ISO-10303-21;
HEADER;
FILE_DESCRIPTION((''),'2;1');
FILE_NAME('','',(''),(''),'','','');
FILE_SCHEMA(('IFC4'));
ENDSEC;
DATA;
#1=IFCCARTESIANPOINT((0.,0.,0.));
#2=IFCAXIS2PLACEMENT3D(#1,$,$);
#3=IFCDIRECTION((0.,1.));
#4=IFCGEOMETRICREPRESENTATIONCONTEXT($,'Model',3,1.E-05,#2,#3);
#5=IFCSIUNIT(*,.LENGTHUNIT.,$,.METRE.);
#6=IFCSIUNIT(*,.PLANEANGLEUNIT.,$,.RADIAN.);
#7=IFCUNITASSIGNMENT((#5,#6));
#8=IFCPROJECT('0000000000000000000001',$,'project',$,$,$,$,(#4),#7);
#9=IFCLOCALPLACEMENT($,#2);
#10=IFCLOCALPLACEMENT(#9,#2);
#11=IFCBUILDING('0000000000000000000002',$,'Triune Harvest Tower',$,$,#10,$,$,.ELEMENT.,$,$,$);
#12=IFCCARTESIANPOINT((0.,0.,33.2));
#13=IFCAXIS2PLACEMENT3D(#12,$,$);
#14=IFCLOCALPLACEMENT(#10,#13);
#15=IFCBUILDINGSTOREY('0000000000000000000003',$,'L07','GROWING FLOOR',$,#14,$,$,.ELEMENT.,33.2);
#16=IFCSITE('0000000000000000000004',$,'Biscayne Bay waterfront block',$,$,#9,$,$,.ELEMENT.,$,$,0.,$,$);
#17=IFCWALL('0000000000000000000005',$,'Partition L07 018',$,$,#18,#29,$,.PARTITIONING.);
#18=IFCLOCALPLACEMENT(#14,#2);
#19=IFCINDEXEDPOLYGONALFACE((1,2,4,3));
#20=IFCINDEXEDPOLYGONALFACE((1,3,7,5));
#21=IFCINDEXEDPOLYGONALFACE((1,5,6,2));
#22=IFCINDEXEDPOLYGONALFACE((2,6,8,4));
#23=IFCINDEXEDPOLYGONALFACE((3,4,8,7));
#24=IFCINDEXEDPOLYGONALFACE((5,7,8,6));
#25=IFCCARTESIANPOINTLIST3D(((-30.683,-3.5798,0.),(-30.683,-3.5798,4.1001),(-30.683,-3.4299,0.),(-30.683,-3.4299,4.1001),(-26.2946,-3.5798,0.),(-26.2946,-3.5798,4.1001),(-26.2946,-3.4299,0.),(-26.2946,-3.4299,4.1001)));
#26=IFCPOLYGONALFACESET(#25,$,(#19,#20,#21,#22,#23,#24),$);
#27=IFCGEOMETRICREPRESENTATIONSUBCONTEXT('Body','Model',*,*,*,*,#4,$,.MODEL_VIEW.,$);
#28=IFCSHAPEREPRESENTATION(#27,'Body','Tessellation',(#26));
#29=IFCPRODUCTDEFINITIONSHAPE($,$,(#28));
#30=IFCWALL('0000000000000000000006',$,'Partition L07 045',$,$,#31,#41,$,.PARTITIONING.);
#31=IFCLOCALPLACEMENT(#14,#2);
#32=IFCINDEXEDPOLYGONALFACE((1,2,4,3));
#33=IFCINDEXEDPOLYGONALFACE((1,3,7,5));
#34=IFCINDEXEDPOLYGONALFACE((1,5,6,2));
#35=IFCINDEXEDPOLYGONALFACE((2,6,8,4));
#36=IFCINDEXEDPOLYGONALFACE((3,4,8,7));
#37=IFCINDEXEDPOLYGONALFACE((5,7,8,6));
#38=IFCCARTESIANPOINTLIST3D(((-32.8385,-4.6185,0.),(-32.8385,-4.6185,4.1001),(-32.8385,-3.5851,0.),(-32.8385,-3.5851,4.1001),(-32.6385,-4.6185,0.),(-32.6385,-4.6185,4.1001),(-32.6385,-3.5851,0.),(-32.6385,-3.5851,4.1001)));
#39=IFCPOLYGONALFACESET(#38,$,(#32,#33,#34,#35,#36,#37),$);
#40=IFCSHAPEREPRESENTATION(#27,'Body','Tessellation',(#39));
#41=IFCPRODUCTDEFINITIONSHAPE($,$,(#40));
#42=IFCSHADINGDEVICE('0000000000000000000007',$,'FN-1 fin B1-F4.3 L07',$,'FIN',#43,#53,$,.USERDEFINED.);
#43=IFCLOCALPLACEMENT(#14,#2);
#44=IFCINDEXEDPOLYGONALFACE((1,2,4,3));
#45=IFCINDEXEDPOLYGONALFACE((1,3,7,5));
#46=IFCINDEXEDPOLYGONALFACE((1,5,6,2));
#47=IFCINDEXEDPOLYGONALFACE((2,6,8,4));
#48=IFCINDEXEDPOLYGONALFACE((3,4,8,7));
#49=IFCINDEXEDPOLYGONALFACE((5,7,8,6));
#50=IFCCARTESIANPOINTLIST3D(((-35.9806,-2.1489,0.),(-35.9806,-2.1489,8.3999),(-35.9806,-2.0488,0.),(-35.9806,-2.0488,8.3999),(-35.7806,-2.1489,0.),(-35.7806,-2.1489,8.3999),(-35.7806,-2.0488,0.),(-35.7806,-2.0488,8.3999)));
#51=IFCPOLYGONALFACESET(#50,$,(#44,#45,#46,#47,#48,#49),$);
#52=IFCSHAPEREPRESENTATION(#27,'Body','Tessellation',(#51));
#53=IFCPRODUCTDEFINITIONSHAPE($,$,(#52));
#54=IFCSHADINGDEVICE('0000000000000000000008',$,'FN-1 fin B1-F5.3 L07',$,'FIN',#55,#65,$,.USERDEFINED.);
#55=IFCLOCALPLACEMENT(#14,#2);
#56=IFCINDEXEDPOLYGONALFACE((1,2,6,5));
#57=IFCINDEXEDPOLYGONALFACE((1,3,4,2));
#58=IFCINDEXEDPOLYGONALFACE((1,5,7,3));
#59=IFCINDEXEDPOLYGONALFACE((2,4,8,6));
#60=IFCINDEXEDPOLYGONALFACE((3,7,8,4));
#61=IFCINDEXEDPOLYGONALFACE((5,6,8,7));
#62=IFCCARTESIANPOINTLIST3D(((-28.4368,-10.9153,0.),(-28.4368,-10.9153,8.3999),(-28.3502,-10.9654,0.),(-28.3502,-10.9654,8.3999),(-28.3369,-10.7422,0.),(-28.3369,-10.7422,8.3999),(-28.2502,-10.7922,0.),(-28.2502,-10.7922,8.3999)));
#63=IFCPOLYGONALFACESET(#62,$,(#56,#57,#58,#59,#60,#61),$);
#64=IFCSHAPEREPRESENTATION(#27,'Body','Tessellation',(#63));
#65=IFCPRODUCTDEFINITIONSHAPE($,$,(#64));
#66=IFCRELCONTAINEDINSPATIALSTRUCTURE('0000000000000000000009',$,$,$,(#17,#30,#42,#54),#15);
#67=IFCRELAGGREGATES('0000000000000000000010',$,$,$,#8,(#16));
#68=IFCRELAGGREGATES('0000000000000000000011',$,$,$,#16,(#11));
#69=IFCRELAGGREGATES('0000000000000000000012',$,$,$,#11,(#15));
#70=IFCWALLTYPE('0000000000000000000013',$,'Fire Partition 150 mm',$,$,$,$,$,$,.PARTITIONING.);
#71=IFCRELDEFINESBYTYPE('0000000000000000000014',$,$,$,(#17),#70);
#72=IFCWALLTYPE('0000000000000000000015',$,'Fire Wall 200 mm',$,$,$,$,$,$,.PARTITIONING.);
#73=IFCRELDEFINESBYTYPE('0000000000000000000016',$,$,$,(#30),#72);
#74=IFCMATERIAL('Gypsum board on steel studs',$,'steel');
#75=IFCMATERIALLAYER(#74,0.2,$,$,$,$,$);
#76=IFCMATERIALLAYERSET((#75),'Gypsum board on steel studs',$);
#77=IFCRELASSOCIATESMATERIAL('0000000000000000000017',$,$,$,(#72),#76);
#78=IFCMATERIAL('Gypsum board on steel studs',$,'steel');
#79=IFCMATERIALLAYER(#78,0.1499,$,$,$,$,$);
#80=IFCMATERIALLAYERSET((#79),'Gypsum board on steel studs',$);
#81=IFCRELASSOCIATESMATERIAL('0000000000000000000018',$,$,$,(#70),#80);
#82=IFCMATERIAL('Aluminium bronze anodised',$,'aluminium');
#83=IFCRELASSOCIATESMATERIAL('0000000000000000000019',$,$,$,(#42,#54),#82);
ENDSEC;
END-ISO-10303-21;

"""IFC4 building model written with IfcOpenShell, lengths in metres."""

from ifc_helpers import new_model, si_unit, direction, frame, frame_2d, origin, origin_2d, place, context, subcontext, project, spatial, rectangle, extrude, source, transform, mapped, material, layer, layer_set, type_object, element, save


model = new_model("IFC4")

# Units and contexts
model_context = context("Model", 3, precision=1e-05, world=origin(), true_north=direction((0.0, 1.0)))
body_context = subcontext(model_context, "Body", "Model", "MODEL_VIEW")
ifc_project = project(units=[si_unit("LENGTHUNIT", "METRE"), si_unit("PLANEANGLEUNIT", "RADIAN")], contexts=[model_context])

# Site, building, storey
site_placement = place(None, origin())
site = spatial("IfcSite", under=ifc_project, at=site_placement, Name="Biscayne Bay waterfront block", CompositionType="ELEMENT", RefElevation=0.0)
building_placement = place(site_placement, origin())
building = spatial("IfcBuilding", under=site, at=building_placement, Name="Triune Harvest Tower", CompositionType="ELEMENT")
storey_placement = place(building_placement, frame((0.0, 0.0, 33.2)))
storey = spatial("IfcBuildingStorey", under=building, at=storey_placement, Name="L07", Description="GROWING FLOOR", CompositionType="ELEMENT", Elevation=33.2)

# Shared definitions
ifc_material_1 = material(Name="Gypsum board on steel studs", Category="steel")
ifc_layer_1 = layer(ifc_material_1, 0.2)
ifc_layer_set_1 = layer_set([ifc_layer_1], Name="Gypsum board on steel studs")
wall_type_1 = type_object("IfcWallType", Name="Fire Wall 200 mm", PredefinedType="PARTITIONING", material=ifc_layer_set_1)

# Walls
ifc_material_2 = material(Name="Gypsum board on steel studs", Category="steel")
ifc_layer_2 = layer(ifc_material_2, 0.1499)
ifc_layer_set_2 = layer_set([ifc_layer_2], Name="Gypsum board on steel studs")
wall_type_2 = type_object("IfcWallType", Name="Fire Partition 150 mm", PredefinedType="PARTITIONING", material=ifc_layer_set_2)
shared_shape_1 = source(origin(), body_context, "Body", "SweptSolid", [
    extrude(rectangle(XDim=4.3884, YDim=0.1499, at=frame_2d((2.1943, 0.0))), origin(), (0.0, 0.0, 1.0), 4.1001),
])
wall_1_placement = place(storey_placement, frame((-30.6831, -3.5049, 0.0), z_axis=(0.0, 0.0, 1.0), x_axis=(1.0, 0.0, 0.0)))
element("IfcWall", 1, at=wall_1_placement, inside=storey, type_object=wall_type_2, Name="Partition L07 018", PredefinedType="PARTITIONING", context=body_context, shape_type="MappedRepresentation", body=[
    mapped(shared_shape_1, transform((0.0, 0.0, 0.0), scale=1.0)),
])
shared_shape_2 = source(origin(), body_context, "Body", "SweptSolid", [
    extrude(rectangle(XDim=1.0334, YDim=0.2, at=frame_2d((0.5166, 0.0))), origin(), (0.0, 0.0, 1.0), 4.1001),
])
wall_2_placement = place(storey_placement, frame((-32.7385, -4.6184, 0.0), z_axis=(0.0, 0.0, 1.0), x_axis=(0.0, 1.0, 0.0)))
element("IfcWall", 2, at=wall_2_placement, inside=storey, type_object=wall_type_1, Name="Partition L07 045", PredefinedType="PARTITIONING", context=body_context, shape_type="MappedRepresentation", body=[
    mapped(shared_shape_2, transform((0.0, 0.0, 0.0), scale=1.0)),
])

# Shading devices
ifc_material_3 = material(Name="Aluminium bronze anodised", Category="aluminium")
shared_shape_3 = source(origin(), body_context, "Body", "SweptSolid", [
    extrude(rectangle(XDim=0.1001, YDim=0.2, at=origin_2d()), origin(), (0.0, 0.0, 1.0), 8.3999),
])
for number, where, z_axis, x_axis, name in (
    (3, (-35.8806, -2.0989, 0.0), (0.0, 0.0, 1.0), (0.0, -1.0, 0.0), "FN-1 fin B1-F4.3 L07"),
    (4, (-28.3435, -10.8538, 0.0), (0.0, 0.0, 1.0), (0.866025, -0.5, 0.0), "FN-1 fin B1-F5.3 L07"),
):
    element("IfcShadingDevice", number, at=place(storey_placement, frame(where, z_axis=z_axis, x_axis=x_axis)), inside=storey, material=ifc_material_3, Name=name, ObjectType="FIN", PredefinedType="USERDEFINED", context=body_context, shape_type="MappedRepresentation", body=[
        mapped(shared_shape_3, transform((0.0, 0.0, 0.0), scale=1.0)),
    ])

save(model, "model.ifc")
